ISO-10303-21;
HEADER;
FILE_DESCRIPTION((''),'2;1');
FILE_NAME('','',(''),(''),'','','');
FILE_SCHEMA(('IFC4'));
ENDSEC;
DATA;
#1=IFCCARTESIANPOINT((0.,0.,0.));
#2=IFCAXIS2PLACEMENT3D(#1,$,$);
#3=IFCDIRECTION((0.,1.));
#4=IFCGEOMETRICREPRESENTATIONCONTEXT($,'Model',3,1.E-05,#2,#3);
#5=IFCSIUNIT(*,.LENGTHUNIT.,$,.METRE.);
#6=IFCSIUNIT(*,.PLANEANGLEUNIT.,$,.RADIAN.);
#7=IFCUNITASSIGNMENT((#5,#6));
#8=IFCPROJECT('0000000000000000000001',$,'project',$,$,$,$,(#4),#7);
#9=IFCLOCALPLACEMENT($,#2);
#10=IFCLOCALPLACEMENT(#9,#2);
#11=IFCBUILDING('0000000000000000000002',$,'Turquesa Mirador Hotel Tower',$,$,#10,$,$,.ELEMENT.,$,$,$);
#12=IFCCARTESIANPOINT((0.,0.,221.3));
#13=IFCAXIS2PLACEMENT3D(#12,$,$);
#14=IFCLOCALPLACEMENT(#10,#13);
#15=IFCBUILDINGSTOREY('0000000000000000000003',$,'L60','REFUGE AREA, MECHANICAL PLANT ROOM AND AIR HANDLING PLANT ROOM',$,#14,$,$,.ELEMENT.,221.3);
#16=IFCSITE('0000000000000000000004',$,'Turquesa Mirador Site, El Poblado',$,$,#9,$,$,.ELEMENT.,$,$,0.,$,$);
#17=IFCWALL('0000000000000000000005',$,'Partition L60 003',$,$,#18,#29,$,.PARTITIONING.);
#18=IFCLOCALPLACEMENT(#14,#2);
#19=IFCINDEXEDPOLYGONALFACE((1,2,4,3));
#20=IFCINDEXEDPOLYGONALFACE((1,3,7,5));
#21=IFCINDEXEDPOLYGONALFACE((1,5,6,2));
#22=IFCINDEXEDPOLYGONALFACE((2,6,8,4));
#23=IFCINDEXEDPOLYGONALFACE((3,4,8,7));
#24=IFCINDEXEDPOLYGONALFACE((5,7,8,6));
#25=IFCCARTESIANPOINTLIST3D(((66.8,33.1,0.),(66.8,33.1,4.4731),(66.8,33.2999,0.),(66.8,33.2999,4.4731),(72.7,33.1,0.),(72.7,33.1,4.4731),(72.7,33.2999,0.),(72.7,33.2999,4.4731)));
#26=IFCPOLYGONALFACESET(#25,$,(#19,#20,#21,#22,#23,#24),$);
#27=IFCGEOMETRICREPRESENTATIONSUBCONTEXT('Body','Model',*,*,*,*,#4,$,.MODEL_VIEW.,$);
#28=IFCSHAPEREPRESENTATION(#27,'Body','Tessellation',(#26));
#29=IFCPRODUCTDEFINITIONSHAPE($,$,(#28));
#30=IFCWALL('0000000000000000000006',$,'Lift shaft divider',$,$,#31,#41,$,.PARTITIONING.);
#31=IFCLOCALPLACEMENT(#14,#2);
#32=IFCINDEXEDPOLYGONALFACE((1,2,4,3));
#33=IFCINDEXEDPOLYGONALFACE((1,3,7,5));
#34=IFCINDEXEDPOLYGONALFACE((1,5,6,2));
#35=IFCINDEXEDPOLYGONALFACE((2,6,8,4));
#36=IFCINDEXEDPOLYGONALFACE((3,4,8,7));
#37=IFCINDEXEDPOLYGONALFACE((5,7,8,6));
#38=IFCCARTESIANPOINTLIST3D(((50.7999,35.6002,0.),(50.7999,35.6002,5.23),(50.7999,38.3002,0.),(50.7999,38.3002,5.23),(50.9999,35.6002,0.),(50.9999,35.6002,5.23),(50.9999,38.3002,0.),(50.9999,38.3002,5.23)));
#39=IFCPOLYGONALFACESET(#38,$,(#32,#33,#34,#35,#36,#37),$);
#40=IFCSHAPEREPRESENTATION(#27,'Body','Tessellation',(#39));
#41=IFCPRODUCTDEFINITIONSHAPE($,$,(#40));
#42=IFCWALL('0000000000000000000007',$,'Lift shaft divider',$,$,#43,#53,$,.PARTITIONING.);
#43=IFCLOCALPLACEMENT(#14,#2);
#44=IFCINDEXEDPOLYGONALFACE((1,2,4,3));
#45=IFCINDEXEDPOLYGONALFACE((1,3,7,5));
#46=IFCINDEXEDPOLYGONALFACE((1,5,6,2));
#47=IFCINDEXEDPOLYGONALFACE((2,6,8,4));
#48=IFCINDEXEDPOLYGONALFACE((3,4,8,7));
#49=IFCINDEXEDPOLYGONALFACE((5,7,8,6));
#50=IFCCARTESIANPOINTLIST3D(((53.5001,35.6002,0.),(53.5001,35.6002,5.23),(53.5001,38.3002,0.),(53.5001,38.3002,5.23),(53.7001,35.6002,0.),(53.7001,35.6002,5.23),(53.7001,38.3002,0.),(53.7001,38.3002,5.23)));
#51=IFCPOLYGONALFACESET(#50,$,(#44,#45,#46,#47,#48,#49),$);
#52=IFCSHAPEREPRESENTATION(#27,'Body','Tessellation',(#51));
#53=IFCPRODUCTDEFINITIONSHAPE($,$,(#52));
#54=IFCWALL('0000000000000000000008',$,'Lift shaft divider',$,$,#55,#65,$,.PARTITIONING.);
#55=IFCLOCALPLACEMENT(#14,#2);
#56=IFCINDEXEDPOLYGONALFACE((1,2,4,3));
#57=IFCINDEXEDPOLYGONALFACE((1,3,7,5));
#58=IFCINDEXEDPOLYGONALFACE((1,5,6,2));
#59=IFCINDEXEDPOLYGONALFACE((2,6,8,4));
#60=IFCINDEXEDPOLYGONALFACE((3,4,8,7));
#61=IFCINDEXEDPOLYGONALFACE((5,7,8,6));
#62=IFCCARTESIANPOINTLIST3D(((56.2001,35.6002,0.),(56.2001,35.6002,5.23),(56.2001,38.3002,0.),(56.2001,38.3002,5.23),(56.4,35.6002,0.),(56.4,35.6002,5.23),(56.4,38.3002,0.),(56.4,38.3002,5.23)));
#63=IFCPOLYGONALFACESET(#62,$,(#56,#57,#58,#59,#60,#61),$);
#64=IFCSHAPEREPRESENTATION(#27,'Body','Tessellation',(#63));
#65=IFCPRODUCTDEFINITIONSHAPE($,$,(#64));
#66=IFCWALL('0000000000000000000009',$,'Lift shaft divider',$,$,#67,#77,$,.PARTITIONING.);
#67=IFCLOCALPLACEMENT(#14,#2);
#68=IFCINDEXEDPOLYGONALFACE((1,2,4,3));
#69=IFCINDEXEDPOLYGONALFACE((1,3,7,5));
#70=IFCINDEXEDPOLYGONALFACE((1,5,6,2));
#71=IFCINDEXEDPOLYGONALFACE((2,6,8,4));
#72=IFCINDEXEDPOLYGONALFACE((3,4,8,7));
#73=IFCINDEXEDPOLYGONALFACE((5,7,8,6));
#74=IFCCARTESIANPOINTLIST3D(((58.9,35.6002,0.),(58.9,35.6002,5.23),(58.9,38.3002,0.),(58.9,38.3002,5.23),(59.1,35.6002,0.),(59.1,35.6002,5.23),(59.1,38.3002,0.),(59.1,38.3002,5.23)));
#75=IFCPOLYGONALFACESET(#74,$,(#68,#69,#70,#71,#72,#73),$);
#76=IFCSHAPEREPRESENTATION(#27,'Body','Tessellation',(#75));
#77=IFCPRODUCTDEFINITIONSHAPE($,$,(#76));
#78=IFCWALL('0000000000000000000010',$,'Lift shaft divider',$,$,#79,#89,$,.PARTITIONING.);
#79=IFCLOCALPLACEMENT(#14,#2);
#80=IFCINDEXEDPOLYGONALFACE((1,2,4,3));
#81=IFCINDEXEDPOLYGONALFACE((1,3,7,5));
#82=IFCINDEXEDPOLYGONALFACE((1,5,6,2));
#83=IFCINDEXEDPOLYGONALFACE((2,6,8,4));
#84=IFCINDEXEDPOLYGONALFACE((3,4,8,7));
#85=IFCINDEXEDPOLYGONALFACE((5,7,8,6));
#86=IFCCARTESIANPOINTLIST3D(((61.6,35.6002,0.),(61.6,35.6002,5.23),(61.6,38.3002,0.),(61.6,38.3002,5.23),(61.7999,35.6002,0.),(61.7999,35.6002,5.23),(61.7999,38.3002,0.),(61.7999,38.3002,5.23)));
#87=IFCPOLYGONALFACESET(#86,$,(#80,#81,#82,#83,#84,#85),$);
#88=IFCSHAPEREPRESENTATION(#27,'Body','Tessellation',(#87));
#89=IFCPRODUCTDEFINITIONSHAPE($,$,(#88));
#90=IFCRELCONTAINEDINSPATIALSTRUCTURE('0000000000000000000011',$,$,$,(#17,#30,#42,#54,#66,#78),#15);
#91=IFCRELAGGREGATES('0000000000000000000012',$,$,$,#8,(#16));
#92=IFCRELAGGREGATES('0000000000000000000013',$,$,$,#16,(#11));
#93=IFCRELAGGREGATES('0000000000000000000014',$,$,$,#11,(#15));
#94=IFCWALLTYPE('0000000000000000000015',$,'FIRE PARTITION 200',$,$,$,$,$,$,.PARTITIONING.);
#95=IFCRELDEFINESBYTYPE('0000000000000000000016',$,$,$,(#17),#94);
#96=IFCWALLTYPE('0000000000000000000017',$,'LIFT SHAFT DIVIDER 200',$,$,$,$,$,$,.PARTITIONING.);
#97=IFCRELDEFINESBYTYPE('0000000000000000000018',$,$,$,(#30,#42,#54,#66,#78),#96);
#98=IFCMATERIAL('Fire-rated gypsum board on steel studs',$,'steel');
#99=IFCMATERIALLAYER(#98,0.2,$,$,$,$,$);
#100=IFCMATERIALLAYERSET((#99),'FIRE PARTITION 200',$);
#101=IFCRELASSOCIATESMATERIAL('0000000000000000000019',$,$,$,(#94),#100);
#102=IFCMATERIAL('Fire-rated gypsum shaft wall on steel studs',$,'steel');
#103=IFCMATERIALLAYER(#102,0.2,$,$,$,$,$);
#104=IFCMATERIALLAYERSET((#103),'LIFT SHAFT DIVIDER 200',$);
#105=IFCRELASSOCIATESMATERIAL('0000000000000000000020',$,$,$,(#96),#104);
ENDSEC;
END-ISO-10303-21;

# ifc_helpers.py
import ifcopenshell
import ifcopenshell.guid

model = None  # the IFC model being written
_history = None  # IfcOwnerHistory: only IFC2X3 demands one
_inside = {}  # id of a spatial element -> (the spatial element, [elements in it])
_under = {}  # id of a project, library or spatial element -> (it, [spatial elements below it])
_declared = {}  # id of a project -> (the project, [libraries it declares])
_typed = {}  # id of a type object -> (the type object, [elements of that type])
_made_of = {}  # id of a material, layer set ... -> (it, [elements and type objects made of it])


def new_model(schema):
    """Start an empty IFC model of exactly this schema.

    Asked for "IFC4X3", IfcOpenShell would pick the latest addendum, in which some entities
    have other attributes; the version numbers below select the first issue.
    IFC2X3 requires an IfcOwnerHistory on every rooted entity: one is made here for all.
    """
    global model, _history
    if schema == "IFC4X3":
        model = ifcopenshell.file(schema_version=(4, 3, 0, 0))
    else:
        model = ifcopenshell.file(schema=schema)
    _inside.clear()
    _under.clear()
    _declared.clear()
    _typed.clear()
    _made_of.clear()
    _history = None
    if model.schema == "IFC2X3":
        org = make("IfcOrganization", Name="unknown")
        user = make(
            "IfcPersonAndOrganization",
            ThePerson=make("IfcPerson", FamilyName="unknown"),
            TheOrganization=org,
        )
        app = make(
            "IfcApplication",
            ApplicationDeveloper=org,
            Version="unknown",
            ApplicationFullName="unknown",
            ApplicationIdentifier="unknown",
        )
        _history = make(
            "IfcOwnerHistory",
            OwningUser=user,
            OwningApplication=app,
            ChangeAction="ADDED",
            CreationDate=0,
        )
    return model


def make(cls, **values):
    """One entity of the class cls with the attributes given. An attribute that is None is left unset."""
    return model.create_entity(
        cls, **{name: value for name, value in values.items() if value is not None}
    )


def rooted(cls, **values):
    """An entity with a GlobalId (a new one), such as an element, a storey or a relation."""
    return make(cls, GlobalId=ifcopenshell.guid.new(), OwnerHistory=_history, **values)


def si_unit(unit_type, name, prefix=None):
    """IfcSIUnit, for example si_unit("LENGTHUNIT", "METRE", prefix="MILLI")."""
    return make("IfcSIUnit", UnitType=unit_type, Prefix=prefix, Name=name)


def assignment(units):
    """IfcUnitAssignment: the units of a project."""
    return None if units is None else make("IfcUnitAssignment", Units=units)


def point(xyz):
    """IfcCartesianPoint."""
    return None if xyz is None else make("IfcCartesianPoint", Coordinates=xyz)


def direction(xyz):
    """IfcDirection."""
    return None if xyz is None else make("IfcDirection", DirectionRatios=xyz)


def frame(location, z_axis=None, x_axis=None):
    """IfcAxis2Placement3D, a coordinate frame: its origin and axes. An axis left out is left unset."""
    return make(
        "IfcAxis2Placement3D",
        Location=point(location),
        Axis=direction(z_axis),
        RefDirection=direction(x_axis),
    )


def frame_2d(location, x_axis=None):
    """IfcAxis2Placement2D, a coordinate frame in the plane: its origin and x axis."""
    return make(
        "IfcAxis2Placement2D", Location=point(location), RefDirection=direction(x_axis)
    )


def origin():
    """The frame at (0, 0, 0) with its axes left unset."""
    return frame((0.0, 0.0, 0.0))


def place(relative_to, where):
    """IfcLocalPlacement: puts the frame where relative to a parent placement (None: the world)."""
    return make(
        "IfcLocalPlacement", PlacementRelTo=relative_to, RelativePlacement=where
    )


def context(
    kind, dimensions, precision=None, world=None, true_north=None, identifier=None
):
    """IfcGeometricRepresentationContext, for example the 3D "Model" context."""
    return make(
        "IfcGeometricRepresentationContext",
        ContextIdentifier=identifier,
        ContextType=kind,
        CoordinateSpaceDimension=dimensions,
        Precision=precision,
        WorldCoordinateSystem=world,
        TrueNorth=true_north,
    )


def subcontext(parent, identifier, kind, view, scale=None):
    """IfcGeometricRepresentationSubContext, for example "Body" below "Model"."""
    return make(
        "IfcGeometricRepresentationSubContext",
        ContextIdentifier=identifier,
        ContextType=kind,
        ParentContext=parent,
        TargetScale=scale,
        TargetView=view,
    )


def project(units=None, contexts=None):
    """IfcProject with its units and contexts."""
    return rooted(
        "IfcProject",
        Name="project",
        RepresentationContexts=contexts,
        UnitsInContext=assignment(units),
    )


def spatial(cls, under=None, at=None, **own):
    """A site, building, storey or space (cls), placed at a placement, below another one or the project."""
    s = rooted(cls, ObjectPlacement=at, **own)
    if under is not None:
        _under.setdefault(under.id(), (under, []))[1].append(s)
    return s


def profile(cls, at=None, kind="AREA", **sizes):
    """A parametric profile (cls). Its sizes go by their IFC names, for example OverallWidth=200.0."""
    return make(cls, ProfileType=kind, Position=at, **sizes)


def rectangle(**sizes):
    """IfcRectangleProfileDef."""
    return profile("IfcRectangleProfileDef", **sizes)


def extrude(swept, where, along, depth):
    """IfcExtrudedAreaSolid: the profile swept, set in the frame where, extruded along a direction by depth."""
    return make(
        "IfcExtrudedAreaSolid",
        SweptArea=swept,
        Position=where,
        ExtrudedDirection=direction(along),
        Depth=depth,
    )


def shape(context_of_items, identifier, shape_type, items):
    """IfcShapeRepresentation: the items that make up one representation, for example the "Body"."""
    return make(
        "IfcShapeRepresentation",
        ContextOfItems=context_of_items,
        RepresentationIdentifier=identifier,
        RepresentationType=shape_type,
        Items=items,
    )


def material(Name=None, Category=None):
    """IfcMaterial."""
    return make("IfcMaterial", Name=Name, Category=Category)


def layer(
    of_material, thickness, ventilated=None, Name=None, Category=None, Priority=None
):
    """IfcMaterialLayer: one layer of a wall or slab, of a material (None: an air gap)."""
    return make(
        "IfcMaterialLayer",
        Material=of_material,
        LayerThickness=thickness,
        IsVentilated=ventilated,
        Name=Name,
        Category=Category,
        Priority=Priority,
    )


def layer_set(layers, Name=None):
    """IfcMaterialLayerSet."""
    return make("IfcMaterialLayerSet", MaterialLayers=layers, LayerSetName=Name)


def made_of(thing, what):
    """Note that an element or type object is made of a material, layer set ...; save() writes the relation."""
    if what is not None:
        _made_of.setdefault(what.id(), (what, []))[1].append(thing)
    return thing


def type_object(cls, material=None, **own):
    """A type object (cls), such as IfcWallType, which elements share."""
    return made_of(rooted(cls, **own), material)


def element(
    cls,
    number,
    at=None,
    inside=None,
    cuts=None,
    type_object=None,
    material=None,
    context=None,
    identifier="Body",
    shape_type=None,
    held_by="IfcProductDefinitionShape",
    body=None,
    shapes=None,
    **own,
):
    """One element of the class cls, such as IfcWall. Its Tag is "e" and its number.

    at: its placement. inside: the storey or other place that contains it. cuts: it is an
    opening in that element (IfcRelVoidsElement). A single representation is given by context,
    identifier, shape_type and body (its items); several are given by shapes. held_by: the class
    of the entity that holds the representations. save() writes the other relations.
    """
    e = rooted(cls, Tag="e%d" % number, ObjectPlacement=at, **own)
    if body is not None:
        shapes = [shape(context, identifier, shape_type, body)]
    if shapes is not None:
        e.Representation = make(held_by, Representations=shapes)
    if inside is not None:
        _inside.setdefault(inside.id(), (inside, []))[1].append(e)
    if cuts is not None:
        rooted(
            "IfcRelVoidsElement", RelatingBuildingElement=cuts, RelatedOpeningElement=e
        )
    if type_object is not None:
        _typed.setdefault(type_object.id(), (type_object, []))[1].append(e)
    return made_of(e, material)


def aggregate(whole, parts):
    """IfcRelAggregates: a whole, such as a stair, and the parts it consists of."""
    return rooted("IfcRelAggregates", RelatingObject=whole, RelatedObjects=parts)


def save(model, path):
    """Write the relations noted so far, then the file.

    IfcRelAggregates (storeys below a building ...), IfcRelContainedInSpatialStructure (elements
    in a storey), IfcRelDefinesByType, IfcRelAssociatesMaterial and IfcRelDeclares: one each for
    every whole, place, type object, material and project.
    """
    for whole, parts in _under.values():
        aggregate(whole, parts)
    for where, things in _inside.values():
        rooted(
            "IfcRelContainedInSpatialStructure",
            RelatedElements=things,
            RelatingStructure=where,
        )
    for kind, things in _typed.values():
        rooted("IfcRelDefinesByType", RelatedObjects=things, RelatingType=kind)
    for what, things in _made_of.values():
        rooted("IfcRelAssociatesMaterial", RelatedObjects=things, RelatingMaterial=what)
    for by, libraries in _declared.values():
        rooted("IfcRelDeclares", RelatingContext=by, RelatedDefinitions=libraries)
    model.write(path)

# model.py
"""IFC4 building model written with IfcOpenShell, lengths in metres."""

from ifc_helpers import new_model, si_unit, direction, frame, frame_2d, origin, place, context, subcontext, project, spatial, rectangle, extrude, material, layer, layer_set, type_object, element, save


model = new_model("IFC4")

# Units and contexts
model_context = context("Model", 3, precision=1e-05, world=origin(), true_north=direction((0.0, 1.0)))
body_context = subcontext(model_context, "Body", "Model", "MODEL_VIEW")
ifc_project = project(units=[si_unit("LENGTHUNIT", "METRE"), si_unit("PLANEANGLEUNIT", "RADIAN")], contexts=[model_context])

# Site, building, storey
site_placement = place(None, origin())
site = spatial("IfcSite", under=ifc_project, at=site_placement, Name="Turquesa Mirador Site, El Poblado", CompositionType="ELEMENT", RefElevation=0.0)
building_placement = place(site_placement, origin())
building = spatial("IfcBuilding", under=site, at=building_placement, Name="Turquesa Mirador Hotel Tower", CompositionType="ELEMENT")
storey_placement = place(building_placement, frame((0.0, 0.0, 221.3)))
storey = spatial("IfcBuildingStorey", under=building, at=storey_placement, Name="L60", Description="REFUGE AREA, MECHANICAL PLANT ROOM AND AIR HANDLING PLANT ROOM", CompositionType="ELEMENT", Elevation=221.3)

# Walls
ifc_material_1 = material(Name="Fire-rated gypsum board on steel studs", Category="steel")
ifc_layer_1 = layer(ifc_material_1, 0.2)
ifc_layer_set_1 = layer_set([ifc_layer_1], Name="FIRE PARTITION 200")
wall_type_1 = type_object("IfcWallType", Name="FIRE PARTITION 200", PredefinedType="PARTITIONING", material=ifc_layer_set_1)
wall_1_placement = place(storey_placement, frame((66.8, 33.2, 0.0), z_axis=(0.0, 0.0, 1.0), x_axis=(1.0, 0.0, 0.0)))
element("IfcWall", 1, at=wall_1_placement, inside=storey, type_object=wall_type_1, Name="Partition L60 003", PredefinedType="PARTITIONING", context=body_context, shape_type="SweptSolid", body=[
    extrude(rectangle(XDim=5.8999, YDim=0.2, at=frame_2d((2.95, 0.0))), origin(), (0.0, 0.0, 1.0), 4.4731),
])
ifc_material_2 = material(Name="Fire-rated gypsum shaft wall on steel studs", Category="steel")
ifc_layer_2 = layer(ifc_material_2, 0.2)
ifc_layer_set_2 = layer_set([ifc_layer_2], Name="LIFT SHAFT DIVIDER 200")
wall_type_2 = type_object("IfcWallType", Name="LIFT SHAFT DIVIDER 200", PredefinedType="PARTITIONING", material=ifc_layer_set_2)
for number, where, z_axis, x_axis, name in (
    (2, (50.8999, 35.6001, 0.0), (0.0, 0.0, 1.0), (0.0, 1.0, 0.0), "Lift shaft divider"),
    (3, (53.6001, 35.6001, 0.0), (0.0, 0.0, 1.0), (0.0, 1.0, 0.0), "Lift shaft divider"),
    (4, (56.3, 35.6001, 0.0), (0.0, 0.0, 1.0), (0.0, 1.0, 0.0), "Lift shaft divider"),
    (5, (59.0, 35.6001, 0.0), (0.0, 0.0, 1.0), (0.0, 1.0, 0.0), "Lift shaft divider"),
    (6, (61.7, 35.6001, 0.0), (0.0, 0.0, 1.0), (0.0, 1.0, 0.0), "Lift shaft divider"),
):
    element("IfcWall", number, at=place(storey_placement, frame(where, z_axis=z_axis, x_axis=x_axis)), inside=storey, type_object=wall_type_2, Name=name, PredefinedType="PARTITIONING", context=body_context, shape_type="SweptSolid", body=[
        extrude(rectangle(XDim=2.7, YDim=0.2, at=frame_2d((1.3501, 0.0))), origin(), (0.0, 0.0, 1.0), 5.23),
    ])

save(model, "model.ifc")
